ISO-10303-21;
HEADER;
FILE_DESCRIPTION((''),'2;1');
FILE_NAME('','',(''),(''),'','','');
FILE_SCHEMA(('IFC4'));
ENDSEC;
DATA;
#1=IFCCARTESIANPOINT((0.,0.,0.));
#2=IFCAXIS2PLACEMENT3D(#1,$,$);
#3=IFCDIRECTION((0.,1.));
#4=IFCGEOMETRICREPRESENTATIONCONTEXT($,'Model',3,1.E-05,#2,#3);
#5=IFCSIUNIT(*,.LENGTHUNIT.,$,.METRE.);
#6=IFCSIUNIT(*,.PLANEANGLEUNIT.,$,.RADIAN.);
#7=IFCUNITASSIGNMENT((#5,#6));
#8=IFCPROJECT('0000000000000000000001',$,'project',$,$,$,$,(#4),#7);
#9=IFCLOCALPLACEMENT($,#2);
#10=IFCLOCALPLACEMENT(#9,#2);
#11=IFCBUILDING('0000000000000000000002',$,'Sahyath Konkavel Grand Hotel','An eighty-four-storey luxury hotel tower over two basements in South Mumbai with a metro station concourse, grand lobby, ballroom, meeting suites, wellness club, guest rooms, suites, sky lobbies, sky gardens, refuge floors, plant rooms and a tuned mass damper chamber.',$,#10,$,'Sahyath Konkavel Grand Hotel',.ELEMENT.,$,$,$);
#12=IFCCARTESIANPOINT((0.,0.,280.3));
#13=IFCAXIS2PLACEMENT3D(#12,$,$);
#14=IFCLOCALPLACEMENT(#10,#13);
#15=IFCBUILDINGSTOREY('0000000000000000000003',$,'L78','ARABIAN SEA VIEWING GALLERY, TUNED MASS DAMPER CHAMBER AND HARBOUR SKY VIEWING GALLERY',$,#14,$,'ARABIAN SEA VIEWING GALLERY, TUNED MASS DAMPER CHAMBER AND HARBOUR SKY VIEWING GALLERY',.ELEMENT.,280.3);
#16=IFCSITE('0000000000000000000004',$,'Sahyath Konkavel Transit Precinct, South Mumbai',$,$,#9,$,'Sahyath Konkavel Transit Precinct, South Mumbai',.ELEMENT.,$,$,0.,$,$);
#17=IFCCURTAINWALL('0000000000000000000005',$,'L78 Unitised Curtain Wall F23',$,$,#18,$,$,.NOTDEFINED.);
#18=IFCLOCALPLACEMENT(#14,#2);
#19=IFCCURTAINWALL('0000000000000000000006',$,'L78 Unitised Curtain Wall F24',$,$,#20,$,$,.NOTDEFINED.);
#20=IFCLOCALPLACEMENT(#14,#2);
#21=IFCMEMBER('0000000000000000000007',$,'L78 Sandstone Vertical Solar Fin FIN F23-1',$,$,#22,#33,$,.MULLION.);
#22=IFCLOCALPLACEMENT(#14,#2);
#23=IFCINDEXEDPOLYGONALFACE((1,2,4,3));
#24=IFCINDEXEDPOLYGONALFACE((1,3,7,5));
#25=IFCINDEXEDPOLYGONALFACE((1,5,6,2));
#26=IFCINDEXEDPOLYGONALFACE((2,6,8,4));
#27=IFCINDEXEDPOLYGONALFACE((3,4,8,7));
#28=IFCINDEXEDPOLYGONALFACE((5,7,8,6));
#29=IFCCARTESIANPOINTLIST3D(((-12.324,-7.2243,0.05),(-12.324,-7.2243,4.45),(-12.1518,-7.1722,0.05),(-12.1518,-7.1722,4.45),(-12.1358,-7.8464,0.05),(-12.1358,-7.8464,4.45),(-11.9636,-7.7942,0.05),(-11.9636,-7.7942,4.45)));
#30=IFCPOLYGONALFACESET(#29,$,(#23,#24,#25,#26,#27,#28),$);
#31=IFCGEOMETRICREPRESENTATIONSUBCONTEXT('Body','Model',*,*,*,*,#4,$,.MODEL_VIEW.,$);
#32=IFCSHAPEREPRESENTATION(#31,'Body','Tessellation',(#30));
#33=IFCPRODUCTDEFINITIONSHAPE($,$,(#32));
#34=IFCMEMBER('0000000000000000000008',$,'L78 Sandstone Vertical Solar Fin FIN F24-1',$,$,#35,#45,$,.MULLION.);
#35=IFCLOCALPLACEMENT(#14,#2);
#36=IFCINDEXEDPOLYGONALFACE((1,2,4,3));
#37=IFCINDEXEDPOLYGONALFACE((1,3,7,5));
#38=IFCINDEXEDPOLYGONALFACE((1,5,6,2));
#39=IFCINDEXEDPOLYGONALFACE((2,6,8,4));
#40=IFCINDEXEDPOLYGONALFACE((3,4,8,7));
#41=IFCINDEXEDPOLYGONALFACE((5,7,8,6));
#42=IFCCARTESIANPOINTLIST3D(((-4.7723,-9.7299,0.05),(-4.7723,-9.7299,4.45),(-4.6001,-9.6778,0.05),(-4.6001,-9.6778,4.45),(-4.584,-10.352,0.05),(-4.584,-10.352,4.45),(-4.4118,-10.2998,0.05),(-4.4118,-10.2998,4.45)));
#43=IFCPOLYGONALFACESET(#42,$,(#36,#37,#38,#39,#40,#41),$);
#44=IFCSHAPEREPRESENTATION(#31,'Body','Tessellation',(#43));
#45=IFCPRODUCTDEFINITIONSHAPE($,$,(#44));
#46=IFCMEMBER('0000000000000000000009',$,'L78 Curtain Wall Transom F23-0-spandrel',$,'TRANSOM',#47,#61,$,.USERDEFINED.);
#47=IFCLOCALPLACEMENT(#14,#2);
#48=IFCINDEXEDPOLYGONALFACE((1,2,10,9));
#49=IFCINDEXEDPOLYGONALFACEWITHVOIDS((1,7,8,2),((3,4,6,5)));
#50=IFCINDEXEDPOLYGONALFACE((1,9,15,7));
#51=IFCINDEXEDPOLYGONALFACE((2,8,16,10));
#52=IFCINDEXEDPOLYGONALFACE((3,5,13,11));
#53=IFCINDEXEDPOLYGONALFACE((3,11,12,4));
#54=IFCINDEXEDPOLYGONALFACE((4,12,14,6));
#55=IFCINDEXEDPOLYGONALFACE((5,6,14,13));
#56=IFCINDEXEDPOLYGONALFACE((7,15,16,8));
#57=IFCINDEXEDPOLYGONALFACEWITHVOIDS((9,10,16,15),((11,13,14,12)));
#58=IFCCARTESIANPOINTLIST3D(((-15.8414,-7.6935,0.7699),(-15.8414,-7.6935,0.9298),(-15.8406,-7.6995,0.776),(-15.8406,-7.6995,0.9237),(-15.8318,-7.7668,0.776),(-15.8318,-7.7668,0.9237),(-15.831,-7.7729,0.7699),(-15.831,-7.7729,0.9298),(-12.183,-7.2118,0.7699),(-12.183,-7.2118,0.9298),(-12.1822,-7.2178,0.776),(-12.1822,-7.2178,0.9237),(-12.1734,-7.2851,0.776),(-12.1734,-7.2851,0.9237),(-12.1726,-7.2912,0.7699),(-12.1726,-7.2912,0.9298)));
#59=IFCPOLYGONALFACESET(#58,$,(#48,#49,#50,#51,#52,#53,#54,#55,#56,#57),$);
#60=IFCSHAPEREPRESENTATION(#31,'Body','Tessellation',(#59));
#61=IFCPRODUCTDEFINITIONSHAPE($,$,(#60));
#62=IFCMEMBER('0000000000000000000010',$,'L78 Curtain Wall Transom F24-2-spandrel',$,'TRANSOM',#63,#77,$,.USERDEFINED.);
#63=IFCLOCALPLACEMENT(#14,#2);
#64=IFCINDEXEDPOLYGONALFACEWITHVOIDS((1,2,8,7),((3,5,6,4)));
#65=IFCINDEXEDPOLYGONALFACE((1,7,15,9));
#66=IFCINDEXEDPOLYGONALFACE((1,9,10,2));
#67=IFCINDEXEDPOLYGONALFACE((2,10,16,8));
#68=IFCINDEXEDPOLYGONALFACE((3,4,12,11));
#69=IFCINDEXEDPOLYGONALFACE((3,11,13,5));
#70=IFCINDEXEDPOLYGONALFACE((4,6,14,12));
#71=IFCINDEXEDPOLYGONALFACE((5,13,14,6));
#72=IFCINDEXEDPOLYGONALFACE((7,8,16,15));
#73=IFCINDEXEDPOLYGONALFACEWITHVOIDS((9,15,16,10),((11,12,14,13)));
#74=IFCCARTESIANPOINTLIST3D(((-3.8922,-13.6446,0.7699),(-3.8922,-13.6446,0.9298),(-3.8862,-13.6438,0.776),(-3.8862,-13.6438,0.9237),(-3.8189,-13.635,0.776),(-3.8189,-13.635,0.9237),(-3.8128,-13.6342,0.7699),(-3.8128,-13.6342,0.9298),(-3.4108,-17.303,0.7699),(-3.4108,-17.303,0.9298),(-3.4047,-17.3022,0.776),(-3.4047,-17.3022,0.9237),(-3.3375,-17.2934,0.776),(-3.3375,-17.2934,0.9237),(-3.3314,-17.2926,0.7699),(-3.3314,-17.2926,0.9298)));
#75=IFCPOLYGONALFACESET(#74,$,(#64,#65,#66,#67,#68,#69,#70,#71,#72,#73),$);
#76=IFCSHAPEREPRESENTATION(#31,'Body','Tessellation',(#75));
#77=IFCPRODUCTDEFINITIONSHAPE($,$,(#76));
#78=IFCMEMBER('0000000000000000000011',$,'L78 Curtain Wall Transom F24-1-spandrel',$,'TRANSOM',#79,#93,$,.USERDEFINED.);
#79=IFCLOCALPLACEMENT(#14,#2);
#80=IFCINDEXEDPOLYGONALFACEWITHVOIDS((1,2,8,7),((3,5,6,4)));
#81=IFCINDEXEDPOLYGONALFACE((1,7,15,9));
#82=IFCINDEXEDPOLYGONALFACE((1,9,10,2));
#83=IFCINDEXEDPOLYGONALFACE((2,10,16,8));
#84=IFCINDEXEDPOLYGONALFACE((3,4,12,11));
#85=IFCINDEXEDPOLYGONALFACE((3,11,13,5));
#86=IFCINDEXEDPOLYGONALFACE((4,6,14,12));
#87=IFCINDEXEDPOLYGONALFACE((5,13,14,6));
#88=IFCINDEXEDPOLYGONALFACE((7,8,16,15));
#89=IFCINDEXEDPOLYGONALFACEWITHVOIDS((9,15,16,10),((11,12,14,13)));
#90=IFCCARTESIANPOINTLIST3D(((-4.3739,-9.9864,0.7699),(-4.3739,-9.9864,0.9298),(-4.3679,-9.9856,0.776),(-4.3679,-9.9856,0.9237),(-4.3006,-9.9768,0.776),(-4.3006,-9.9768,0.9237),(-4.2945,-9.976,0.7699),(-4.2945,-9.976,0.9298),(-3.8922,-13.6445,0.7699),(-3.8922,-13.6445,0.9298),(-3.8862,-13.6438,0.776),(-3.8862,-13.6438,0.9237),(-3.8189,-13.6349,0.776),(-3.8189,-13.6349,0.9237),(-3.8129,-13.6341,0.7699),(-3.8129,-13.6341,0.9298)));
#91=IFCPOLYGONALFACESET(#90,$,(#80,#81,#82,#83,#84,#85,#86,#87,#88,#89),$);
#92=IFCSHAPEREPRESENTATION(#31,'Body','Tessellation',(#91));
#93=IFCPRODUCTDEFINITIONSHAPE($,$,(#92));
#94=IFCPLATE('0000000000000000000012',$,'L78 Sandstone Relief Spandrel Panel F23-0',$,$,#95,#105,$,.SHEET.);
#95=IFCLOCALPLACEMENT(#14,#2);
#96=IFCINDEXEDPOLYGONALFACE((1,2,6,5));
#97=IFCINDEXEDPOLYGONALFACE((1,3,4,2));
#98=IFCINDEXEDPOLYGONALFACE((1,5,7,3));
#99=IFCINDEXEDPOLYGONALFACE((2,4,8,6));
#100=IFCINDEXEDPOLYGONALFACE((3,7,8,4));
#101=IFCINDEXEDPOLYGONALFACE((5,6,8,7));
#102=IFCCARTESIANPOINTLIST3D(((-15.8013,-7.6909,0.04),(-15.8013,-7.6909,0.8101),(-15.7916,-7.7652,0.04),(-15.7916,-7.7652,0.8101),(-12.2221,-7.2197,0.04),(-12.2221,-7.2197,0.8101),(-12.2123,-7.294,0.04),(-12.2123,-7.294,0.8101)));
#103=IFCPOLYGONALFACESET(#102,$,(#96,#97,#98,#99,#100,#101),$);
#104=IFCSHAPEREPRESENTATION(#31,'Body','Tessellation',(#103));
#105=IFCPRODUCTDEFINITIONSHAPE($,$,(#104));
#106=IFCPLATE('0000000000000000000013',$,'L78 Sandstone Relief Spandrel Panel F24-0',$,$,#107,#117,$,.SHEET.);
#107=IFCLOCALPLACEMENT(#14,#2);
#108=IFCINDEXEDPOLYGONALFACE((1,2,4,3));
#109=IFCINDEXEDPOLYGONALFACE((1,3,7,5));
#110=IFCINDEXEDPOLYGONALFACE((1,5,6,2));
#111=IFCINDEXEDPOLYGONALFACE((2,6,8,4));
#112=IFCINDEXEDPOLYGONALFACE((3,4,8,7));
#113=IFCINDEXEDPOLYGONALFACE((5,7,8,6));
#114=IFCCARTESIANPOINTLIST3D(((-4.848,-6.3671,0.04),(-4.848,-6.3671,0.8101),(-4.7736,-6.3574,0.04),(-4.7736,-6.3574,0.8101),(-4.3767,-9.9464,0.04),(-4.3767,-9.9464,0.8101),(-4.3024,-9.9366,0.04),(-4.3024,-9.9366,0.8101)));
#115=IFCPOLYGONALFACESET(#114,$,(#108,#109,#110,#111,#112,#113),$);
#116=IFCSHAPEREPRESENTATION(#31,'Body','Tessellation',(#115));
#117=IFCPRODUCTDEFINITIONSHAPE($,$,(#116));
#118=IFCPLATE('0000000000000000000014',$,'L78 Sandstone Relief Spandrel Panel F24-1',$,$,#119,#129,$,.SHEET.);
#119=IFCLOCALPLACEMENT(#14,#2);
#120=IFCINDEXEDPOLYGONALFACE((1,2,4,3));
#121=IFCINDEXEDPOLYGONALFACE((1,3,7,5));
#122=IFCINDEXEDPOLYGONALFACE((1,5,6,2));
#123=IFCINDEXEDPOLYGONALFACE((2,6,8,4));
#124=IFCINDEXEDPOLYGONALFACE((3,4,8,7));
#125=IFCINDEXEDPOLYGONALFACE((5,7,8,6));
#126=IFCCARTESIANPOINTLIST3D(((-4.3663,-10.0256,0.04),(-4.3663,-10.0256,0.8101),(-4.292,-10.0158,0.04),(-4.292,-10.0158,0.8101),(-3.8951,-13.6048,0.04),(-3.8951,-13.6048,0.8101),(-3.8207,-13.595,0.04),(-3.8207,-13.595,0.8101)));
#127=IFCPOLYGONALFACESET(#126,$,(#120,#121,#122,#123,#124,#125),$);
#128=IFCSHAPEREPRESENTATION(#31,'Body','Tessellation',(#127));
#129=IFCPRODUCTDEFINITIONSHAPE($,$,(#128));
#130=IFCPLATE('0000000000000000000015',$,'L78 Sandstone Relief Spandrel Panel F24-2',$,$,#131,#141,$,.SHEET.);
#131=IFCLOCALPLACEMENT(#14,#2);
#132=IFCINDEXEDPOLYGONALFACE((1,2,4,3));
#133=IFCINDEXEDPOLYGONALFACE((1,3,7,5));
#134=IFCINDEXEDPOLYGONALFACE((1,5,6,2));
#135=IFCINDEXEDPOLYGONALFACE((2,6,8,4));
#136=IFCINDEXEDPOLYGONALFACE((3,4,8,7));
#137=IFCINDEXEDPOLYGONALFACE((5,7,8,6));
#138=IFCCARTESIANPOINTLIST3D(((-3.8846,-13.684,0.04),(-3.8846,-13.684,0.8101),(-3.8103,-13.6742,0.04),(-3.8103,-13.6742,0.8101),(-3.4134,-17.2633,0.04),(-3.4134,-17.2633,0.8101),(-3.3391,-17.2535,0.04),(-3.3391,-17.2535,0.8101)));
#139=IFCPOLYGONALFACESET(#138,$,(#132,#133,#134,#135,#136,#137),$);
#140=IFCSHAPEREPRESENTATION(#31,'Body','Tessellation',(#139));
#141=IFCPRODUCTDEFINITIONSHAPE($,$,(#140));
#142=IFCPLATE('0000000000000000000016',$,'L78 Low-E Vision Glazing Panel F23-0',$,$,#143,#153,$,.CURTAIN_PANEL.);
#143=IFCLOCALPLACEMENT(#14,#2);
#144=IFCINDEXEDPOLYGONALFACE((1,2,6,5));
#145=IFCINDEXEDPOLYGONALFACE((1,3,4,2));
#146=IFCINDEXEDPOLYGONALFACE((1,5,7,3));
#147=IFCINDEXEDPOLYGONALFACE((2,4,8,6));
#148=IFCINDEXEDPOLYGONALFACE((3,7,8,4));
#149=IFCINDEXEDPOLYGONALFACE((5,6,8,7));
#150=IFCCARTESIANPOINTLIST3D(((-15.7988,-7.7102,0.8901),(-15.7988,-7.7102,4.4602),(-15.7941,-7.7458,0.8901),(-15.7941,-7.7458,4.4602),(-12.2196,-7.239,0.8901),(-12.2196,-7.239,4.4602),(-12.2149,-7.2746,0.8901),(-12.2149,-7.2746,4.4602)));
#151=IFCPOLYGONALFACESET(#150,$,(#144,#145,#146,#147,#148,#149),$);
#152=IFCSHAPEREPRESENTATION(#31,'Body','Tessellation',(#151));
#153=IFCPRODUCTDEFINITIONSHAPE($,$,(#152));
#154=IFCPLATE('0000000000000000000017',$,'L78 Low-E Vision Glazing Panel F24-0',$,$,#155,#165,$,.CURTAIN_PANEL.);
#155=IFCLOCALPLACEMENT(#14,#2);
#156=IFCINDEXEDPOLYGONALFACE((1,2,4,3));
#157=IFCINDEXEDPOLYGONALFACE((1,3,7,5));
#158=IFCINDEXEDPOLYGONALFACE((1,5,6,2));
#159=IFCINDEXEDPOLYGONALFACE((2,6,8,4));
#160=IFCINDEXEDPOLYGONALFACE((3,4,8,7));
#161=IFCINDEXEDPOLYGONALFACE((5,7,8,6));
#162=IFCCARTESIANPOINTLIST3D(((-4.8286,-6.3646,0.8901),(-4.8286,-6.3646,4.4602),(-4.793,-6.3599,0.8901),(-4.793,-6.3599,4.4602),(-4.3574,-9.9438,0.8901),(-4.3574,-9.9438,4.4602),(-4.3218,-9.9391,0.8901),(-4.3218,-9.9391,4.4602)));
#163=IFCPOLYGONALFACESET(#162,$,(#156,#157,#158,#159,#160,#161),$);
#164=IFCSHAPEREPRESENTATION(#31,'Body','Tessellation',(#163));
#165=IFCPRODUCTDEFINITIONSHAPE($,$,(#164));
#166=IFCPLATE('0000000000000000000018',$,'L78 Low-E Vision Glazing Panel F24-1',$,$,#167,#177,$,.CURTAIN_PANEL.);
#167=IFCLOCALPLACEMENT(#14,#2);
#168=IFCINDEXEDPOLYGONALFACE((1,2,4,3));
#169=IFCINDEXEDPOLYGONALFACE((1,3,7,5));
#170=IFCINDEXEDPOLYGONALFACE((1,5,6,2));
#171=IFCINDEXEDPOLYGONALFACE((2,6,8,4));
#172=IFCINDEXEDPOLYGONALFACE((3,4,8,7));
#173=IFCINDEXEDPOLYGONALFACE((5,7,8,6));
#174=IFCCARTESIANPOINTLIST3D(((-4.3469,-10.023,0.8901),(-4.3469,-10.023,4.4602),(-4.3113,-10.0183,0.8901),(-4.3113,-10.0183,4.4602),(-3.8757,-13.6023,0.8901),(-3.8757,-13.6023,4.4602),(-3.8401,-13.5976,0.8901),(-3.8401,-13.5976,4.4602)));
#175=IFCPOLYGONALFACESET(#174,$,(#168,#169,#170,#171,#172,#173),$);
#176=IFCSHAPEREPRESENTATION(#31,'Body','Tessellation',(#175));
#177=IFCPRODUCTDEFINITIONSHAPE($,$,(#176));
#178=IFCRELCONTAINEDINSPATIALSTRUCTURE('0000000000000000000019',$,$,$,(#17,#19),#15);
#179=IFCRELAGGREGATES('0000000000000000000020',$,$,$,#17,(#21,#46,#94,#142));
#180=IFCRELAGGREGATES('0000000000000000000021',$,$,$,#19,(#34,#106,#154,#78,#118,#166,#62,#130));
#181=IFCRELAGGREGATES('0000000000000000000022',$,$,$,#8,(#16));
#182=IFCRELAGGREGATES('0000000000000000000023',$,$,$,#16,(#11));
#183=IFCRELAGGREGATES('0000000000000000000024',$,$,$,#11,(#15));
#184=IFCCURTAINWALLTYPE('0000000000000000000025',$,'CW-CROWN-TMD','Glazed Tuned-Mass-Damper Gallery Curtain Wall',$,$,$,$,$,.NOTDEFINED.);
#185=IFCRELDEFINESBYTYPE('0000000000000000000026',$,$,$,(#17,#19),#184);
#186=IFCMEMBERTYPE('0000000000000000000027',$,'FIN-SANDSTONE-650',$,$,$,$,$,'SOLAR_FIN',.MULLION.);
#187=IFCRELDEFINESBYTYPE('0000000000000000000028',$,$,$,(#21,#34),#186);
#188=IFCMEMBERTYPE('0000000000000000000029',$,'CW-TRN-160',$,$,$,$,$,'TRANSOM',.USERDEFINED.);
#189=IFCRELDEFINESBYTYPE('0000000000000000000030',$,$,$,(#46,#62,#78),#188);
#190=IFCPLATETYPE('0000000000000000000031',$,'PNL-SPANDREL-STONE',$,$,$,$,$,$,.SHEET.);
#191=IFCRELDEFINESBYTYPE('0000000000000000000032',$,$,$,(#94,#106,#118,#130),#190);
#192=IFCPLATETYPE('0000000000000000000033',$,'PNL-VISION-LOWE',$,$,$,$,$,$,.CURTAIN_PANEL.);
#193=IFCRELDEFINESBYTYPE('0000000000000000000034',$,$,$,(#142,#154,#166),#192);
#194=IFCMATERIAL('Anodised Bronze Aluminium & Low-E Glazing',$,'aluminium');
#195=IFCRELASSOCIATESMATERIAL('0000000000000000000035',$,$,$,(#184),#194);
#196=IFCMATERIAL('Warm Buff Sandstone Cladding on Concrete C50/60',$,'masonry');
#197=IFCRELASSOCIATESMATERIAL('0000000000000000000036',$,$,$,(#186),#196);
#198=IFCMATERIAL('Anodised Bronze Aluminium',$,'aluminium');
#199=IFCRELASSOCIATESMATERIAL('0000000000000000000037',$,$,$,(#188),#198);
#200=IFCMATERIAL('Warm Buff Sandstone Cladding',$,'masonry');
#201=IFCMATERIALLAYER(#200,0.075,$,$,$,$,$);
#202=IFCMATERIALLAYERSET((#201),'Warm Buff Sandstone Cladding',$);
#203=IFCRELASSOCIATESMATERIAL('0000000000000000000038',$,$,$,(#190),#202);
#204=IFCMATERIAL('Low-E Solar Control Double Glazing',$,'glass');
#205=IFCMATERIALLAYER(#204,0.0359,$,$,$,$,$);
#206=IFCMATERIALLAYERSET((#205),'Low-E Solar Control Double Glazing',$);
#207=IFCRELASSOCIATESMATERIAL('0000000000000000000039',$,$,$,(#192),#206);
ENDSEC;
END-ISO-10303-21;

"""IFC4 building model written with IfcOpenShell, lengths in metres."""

from ifc_helpers import new_model, si_unit, direction, frame, origin, origin_2d, place, context, subcontext, project, spatial, rectangle, hollow_rectangle, extrude, source, transform, mapped, material, layer, layer_set, material_profile, profile_set, type_object, element, aggregate, save


model = new_model("IFC4")

# Units and contexts
model_context = context("Model", 3, precision=1e-05, world=origin(), true_north=direction((0.0, 1.0)))
body_context = subcontext(model_context, "Body", "Model", "MODEL_VIEW")
ifc_project = project(units=[si_unit("LENGTHUNIT", "METRE"), si_unit("PLANEANGLEUNIT", "RADIAN")], contexts=[model_context])

# Site, building, storey
site_placement = place(None, origin())
site = spatial("IfcSite", under=ifc_project, at=site_placement, Name="Sahyath Konkavel Transit Precinct, South Mumbai", LongName="Sahyath Konkavel Transit Precinct, South Mumbai", CompositionType="ELEMENT", RefElevation=0.0)
building_placement = place(site_placement, origin())
building = spatial("IfcBuilding", under=site, at=building_placement, Name="Sahyath Konkavel Grand Hotel", Description="An eighty-four-storey luxury hotel tower over two basements in South Mumbai with a metro station concourse, grand lobby, ballroom, meeting suites, wellness club, guest rooms, suites, sky lobbies, sky gardens, refuge floors, plant rooms and a tuned mass damper chamber.", LongName="Sahyath Konkavel Grand Hotel", CompositionType="ELEMENT")
storey_placement = place(building_placement, frame((0.0, 0.0, 280.3)))
storey = spatial("IfcBuildingStorey", under=building, at=storey_placement, Name="L78", Description="ARABIAN SEA VIEWING GALLERY, TUNED MASS DAMPER CHAMBER AND HARBOUR SKY VIEWING GALLERY", LongName="ARABIAN SEA VIEWING GALLERY, TUNED MASS DAMPER CHAMBER AND HARBOUR SKY VIEWING GALLERY", CompositionType="ELEMENT", Elevation=280.3)

# Curtain walls
ifc_material_1 = material(Name="Anodised Bronze Aluminium & Low-E Glazing", Category="aluminium")
curtain_wall_type = type_object("IfcCurtainWallType", Name="CW-CROWN-TMD", Description="Glazed Tuned-Mass-Damper Gallery Curtain Wall", PredefinedType="NOTDEFINED", material=ifc_material_1)
curtain_wall_1_placement = place(storey_placement, origin())
curtain_wall_1 = element("IfcCurtainWall", 1, at=curtain_wall_1_placement, inside=storey, type_object=curtain_wall_type, Name="L78 Unitised Curtain Wall F23", PredefinedType="NOTDEFINED")
ifc_material_2 = material(Name="Anodised Bronze Aluminium", Category="aluminium")
curtain_wall_2_placement = place(storey_placement, origin())
curtain_wall_2 = element("IfcCurtainWall", 2, at=curtain_wall_2_placement, inside=storey, type_object=curtain_wall_type, Name="L78 Unitised Curtain Wall F24", PredefinedType="NOTDEFINED")

# Members
ifc_material_3 = material(Name="Warm Buff Sandstone Cladding on Concrete C50/60", Category="masonry")
ifc_material_profile_1 = material_profile(ifc_material_3, rectangle(XDim=0.1799, YDim=0.6499, at=origin_2d()), Name="FIN 180x650")
ifc_profile_set_1 = profile_set([ifc_material_profile_1], Name="Warm Buff Sandstone Cladding on Concrete C50/60")
member_type_1 = type_object("IfcMemberType", Name="FIN-SANDSTONE-650", ElementType="SOLAR_FIN", PredefinedType="MULLION", material=ifc_profile_set_1)
shared_shape_1 = source(origin(), body_context, "Body", "SweptSolid", [
    extrude(rectangle(XDim=0.1799, YDim=0.6499, at=origin_2d()), origin(), (0.0, 0.0, 1.0), 4.3999),
])
member_1_placement = place(storey_placement, frame((-12.1438, -7.5093, 0.05), z_axis=(0.0, 0.0, 1.0), x_axis=(0.957117, 0.2897, 0.0)))
member_1 = element("IfcMember", 3, at=member_1_placement, type_object=member_type_1, Name="L78 Sandstone Vertical Solar Fin FIN F23-1", PredefinedType="MULLION", context=body_context, shape_type="MappedRepresentation", body=[
    mapped(shared_shape_1, transform((0.0, 0.0, 0.0), scale=1.0)),
])
member_2_placement = place(storey_placement, frame((-4.592, -10.0149, 0.05), z_axis=(0.0, 0.0, 1.0), x_axis=(0.957117, 0.2897, 0.0)))
member_2 = element("IfcMember", 4, at=member_2_placement, type_object=member_type_1, Name="L78 Sandstone Vertical Solar Fin FIN F24-1", PredefinedType="MULLION", context=body_context, shape_type="MappedRepresentation", body=[
    mapped(shared_shape_1, transform((0.0, 0.0, 0.0), scale=1.0)),
])
ifc_material_profile_2 = material_profile(ifc_material_2, hollow_rectangle(XDim=0.0801, YDim=0.1599, WallThickness=0.0061, at=origin_2d()), Name="RHS 160x80x6")
ifc_profile_set_2 = profile_set([ifc_material_profile_2], Name="Anodised Bronze Aluminium")
member_type_2 = type_object("IfcMemberType", Name="CW-TRN-160", ElementType="TRANSOM", PredefinedType="USERDEFINED", material=ifc_profile_set_2)
shared_shape_2 = source(origin(), body_context, "Body", "SweptSolid", [
    extrude(hollow_rectangle(XDim=0.0801, YDim=0.1599, WallThickness=0.0061, at=origin_2d()), origin(), (0.0, 0.0, 1.0), 3.6899),
])
member_3_placement = place(storey_placement, frame((-15.8362, -7.7332, 0.8499), z_axis=(0.991443, 0.130538, 0.0), x_axis=(-0.130538, 0.991443, 0.0)))
member_3 = element("IfcMember", 5, at=member_3_placement, type_object=member_type_2, Name="L78 Curtain Wall Transom F23-0-spandrel", ObjectType="TRANSOM", PredefinedType="USERDEFINED", context=body_context, shape_type="MappedRepresentation", body=[
    mapped(shared_shape_2, transform((0.0, 0.0, 0.0), scale=1.0)),
])
member_4_placement = place(storey_placement, frame((-3.8525, -13.6394, 0.8499), z_axis=(0.130473, -0.991452, 0.0), x_axis=(0.991452, 0.130473, 0.0)))
member_4 = element("IfcMember", 6, at=member_4_placement, type_object=member_type_2, Name="L78 Curtain Wall Transom F24-2-spandrel", ObjectType="TRANSOM", PredefinedType="USERDEFINED", context=body_context, shape_type="MappedRepresentation", body=[
    mapped(shared_shape_2, transform((0.0, 0.0, 0.0), scale=1.0)),
])
shared_shape_3 = source(origin(), body_context, "Body", "SweptSolid", [
    extrude(hollow_rectangle(XDim=0.0801, YDim=0.1599, WallThickness=0.0061, at=origin_2d()), origin(), (0.0, 0.0, 1.0), 3.6897),
])
member_5_placement = place(storey_placement, frame((-4.3342, -9.9812, 0.8499), z_axis=(0.130547, -0.991442, 0.0), x_axis=(0.991442, 0.130547, 0.0)))
member_5 = element("IfcMember", 7, at=member_5_placement, type_object=member_type_2, Name="L78 Curtain Wall Transom F24-1-spandrel", ObjectType="TRANSOM", PredefinedType="USERDEFINED", context=body_context, shape_type="MappedRepresentation", body=[
    mapped(shared_shape_3, transform((0.0, 0.0, 0.0), scale=1.0)),
])

# Plates
ifc_material_4 = material(Name="Warm Buff Sandstone Cladding", Category="masonry")
ifc_layer_1 = layer(ifc_material_4, 0.075)
ifc_layer_set_1 = layer_set([ifc_layer_1], Name="Warm Buff Sandstone Cladding")
plate_type_1 = type_object("IfcPlateType", Name="PNL-SPANDREL-STONE", PredefinedType="SHEET", material=ifc_layer_set_1)
shared_shape_4 = source(origin(), body_context, "Body", "SweptSolid", [
    extrude(rectangle(XDim=3.6101, YDim=0.075, at=origin_2d()), origin(), (0.0, 0.0, 1.0), 0.77),
])
plate_1_placement = place(storey_placement, frame((-14.0068, -7.4924, 0.04), z_axis=(0.0, 0.0, 1.0), x_axis=(0.991445, 0.130526, 0.0)))
plate_1 = element("IfcPlate", 8, at=plate_1_placement, type_object=plate_type_1, Name="L78 Sandstone Relief Spandrel Panel F23-0", PredefinedType="SHEET", context=body_context, shape_type="MappedRepresentation", body=[
    mapped(shared_shape_4, transform((0.0, 0.0, 0.0), scale=1.0)),
])
plate_2_placement = place(storey_placement, frame((-4.5752, -8.1519, 0.04), z_axis=(0.0, 0.0, 1.0), x_axis=(0.130526, -0.991445, 0.0)))
plate_2 = element("IfcPlate", 9, at=plate_2_placement, type_object=plate_type_1, Name="L78 Sandstone Relief Spandrel Panel F24-0", PredefinedType="SHEET", context=body_context, shape_type="MappedRepresentation", body=[
    mapped(shared_shape_4, transform((0.0, 0.0, 0.0), scale=1.0)),
])
plate_3_placement = place(storey_placement, frame((-4.0935, -11.8103, 0.04), z_axis=(0.0, 0.0, 1.0), x_axis=(0.130526, -0.991445, 0.0)))
plate_3 = element("IfcPlate", 10, at=plate_3_placement, type_object=plate_type_1, Name="L78 Sandstone Relief Spandrel Panel F24-1", PredefinedType="SHEET", context=body_context, shape_type="MappedRepresentation", body=[
    mapped(shared_shape_4, transform((0.0, 0.0, 0.0), scale=1.0)),
])
plate_4_placement = place(storey_placement, frame((-3.6118, -15.4688, 0.04), z_axis=(0.0, 0.0, 1.0), x_axis=(0.130526, -0.991445, 0.0)))
plate_4 = element("IfcPlate", 11, at=plate_4_placement, type_object=plate_type_1, Name="L78 Sandstone Relief Spandrel Panel F24-2", PredefinedType="SHEET", context=body_context, shape_type="MappedRepresentation", body=[
    mapped(shared_shape_4, transform((0.0, 0.0, 0.0), scale=1.0)),
])
ifc_material_5 = material(Name="Low-E Solar Control Double Glazing", Category="glass")
ifc_layer_2 = layer(ifc_material_5, 0.0359)
ifc_layer_set_2 = layer_set([ifc_layer_2], Name="Low-E Solar Control Double Glazing")
plate_type_2 = type_object("IfcPlateType", Name="PNL-VISION-LOWE", PredefinedType="CURTAIN_PANEL", material=ifc_layer_set_2)
shared_shape_5 = source(origin(), body_context, "Body", "SweptSolid", [
    extrude(rectangle(XDim=3.6101, YDim=0.0359, at=origin_2d()), origin(), (0.0, 0.0, 1.0), 3.5701),
])
plate_5_placement = place(storey_placement, frame((-14.0068, -7.4924, 0.8901), z_axis=(0.0, 0.0, 1.0), x_axis=(0.991445, 0.130526, 0.0)))
plate_5 = element("IfcPlate", 12, at=plate_5_placement, type_object=plate_type_2, Name="L78 Low-E Vision Glazing Panel F23-0", PredefinedType="CURTAIN_PANEL", context=body_context, shape_type="MappedRepresentation", body=[
    mapped(shared_shape_5, transform((0.0, 0.0, 0.0), scale=1.0)),
])
aggregate(curtain_wall_1, [member_1, member_3, plate_1, plate_5])
plate_6_placement = place(storey_placement, frame((-4.5752, -8.1519, 0.8901), z_axis=(0.0, 0.0, 1.0), x_axis=(0.130526, -0.991445, 0.0)))
plate_6 = element("IfcPlate", 13, at=plate_6_placement, type_object=plate_type_2, Name="L78 Low-E Vision Glazing Panel F24-0", PredefinedType="CURTAIN_PANEL", context=body_context, shape_type="MappedRepresentation", body=[
    mapped(shared_shape_5, transform((0.0, 0.0, 0.0), scale=1.0)),
])
plate_7_placement = place(storey_placement, frame((-4.0935, -11.8103, 0.8901), z_axis=(0.0, 0.0, 1.0), x_axis=(0.130526, -0.991445, 0.0)))
plate_7 = element("IfcPlate", 14, at=plate_7_placement, type_object=plate_type_2, Name="L78 Low-E Vision Glazing Panel F24-1", PredefinedType="CURTAIN_PANEL", context=body_context, shape_type="MappedRepresentation", body=[
    mapped(shared_shape_5, transform((0.0, 0.0, 0.0), scale=1.0)),
])
aggregate(curtain_wall_2, [member_2, plate_2, plate_6, member_5, plate_3, plate_7, member_4, plate_4])

save(model, "model.ifc")
